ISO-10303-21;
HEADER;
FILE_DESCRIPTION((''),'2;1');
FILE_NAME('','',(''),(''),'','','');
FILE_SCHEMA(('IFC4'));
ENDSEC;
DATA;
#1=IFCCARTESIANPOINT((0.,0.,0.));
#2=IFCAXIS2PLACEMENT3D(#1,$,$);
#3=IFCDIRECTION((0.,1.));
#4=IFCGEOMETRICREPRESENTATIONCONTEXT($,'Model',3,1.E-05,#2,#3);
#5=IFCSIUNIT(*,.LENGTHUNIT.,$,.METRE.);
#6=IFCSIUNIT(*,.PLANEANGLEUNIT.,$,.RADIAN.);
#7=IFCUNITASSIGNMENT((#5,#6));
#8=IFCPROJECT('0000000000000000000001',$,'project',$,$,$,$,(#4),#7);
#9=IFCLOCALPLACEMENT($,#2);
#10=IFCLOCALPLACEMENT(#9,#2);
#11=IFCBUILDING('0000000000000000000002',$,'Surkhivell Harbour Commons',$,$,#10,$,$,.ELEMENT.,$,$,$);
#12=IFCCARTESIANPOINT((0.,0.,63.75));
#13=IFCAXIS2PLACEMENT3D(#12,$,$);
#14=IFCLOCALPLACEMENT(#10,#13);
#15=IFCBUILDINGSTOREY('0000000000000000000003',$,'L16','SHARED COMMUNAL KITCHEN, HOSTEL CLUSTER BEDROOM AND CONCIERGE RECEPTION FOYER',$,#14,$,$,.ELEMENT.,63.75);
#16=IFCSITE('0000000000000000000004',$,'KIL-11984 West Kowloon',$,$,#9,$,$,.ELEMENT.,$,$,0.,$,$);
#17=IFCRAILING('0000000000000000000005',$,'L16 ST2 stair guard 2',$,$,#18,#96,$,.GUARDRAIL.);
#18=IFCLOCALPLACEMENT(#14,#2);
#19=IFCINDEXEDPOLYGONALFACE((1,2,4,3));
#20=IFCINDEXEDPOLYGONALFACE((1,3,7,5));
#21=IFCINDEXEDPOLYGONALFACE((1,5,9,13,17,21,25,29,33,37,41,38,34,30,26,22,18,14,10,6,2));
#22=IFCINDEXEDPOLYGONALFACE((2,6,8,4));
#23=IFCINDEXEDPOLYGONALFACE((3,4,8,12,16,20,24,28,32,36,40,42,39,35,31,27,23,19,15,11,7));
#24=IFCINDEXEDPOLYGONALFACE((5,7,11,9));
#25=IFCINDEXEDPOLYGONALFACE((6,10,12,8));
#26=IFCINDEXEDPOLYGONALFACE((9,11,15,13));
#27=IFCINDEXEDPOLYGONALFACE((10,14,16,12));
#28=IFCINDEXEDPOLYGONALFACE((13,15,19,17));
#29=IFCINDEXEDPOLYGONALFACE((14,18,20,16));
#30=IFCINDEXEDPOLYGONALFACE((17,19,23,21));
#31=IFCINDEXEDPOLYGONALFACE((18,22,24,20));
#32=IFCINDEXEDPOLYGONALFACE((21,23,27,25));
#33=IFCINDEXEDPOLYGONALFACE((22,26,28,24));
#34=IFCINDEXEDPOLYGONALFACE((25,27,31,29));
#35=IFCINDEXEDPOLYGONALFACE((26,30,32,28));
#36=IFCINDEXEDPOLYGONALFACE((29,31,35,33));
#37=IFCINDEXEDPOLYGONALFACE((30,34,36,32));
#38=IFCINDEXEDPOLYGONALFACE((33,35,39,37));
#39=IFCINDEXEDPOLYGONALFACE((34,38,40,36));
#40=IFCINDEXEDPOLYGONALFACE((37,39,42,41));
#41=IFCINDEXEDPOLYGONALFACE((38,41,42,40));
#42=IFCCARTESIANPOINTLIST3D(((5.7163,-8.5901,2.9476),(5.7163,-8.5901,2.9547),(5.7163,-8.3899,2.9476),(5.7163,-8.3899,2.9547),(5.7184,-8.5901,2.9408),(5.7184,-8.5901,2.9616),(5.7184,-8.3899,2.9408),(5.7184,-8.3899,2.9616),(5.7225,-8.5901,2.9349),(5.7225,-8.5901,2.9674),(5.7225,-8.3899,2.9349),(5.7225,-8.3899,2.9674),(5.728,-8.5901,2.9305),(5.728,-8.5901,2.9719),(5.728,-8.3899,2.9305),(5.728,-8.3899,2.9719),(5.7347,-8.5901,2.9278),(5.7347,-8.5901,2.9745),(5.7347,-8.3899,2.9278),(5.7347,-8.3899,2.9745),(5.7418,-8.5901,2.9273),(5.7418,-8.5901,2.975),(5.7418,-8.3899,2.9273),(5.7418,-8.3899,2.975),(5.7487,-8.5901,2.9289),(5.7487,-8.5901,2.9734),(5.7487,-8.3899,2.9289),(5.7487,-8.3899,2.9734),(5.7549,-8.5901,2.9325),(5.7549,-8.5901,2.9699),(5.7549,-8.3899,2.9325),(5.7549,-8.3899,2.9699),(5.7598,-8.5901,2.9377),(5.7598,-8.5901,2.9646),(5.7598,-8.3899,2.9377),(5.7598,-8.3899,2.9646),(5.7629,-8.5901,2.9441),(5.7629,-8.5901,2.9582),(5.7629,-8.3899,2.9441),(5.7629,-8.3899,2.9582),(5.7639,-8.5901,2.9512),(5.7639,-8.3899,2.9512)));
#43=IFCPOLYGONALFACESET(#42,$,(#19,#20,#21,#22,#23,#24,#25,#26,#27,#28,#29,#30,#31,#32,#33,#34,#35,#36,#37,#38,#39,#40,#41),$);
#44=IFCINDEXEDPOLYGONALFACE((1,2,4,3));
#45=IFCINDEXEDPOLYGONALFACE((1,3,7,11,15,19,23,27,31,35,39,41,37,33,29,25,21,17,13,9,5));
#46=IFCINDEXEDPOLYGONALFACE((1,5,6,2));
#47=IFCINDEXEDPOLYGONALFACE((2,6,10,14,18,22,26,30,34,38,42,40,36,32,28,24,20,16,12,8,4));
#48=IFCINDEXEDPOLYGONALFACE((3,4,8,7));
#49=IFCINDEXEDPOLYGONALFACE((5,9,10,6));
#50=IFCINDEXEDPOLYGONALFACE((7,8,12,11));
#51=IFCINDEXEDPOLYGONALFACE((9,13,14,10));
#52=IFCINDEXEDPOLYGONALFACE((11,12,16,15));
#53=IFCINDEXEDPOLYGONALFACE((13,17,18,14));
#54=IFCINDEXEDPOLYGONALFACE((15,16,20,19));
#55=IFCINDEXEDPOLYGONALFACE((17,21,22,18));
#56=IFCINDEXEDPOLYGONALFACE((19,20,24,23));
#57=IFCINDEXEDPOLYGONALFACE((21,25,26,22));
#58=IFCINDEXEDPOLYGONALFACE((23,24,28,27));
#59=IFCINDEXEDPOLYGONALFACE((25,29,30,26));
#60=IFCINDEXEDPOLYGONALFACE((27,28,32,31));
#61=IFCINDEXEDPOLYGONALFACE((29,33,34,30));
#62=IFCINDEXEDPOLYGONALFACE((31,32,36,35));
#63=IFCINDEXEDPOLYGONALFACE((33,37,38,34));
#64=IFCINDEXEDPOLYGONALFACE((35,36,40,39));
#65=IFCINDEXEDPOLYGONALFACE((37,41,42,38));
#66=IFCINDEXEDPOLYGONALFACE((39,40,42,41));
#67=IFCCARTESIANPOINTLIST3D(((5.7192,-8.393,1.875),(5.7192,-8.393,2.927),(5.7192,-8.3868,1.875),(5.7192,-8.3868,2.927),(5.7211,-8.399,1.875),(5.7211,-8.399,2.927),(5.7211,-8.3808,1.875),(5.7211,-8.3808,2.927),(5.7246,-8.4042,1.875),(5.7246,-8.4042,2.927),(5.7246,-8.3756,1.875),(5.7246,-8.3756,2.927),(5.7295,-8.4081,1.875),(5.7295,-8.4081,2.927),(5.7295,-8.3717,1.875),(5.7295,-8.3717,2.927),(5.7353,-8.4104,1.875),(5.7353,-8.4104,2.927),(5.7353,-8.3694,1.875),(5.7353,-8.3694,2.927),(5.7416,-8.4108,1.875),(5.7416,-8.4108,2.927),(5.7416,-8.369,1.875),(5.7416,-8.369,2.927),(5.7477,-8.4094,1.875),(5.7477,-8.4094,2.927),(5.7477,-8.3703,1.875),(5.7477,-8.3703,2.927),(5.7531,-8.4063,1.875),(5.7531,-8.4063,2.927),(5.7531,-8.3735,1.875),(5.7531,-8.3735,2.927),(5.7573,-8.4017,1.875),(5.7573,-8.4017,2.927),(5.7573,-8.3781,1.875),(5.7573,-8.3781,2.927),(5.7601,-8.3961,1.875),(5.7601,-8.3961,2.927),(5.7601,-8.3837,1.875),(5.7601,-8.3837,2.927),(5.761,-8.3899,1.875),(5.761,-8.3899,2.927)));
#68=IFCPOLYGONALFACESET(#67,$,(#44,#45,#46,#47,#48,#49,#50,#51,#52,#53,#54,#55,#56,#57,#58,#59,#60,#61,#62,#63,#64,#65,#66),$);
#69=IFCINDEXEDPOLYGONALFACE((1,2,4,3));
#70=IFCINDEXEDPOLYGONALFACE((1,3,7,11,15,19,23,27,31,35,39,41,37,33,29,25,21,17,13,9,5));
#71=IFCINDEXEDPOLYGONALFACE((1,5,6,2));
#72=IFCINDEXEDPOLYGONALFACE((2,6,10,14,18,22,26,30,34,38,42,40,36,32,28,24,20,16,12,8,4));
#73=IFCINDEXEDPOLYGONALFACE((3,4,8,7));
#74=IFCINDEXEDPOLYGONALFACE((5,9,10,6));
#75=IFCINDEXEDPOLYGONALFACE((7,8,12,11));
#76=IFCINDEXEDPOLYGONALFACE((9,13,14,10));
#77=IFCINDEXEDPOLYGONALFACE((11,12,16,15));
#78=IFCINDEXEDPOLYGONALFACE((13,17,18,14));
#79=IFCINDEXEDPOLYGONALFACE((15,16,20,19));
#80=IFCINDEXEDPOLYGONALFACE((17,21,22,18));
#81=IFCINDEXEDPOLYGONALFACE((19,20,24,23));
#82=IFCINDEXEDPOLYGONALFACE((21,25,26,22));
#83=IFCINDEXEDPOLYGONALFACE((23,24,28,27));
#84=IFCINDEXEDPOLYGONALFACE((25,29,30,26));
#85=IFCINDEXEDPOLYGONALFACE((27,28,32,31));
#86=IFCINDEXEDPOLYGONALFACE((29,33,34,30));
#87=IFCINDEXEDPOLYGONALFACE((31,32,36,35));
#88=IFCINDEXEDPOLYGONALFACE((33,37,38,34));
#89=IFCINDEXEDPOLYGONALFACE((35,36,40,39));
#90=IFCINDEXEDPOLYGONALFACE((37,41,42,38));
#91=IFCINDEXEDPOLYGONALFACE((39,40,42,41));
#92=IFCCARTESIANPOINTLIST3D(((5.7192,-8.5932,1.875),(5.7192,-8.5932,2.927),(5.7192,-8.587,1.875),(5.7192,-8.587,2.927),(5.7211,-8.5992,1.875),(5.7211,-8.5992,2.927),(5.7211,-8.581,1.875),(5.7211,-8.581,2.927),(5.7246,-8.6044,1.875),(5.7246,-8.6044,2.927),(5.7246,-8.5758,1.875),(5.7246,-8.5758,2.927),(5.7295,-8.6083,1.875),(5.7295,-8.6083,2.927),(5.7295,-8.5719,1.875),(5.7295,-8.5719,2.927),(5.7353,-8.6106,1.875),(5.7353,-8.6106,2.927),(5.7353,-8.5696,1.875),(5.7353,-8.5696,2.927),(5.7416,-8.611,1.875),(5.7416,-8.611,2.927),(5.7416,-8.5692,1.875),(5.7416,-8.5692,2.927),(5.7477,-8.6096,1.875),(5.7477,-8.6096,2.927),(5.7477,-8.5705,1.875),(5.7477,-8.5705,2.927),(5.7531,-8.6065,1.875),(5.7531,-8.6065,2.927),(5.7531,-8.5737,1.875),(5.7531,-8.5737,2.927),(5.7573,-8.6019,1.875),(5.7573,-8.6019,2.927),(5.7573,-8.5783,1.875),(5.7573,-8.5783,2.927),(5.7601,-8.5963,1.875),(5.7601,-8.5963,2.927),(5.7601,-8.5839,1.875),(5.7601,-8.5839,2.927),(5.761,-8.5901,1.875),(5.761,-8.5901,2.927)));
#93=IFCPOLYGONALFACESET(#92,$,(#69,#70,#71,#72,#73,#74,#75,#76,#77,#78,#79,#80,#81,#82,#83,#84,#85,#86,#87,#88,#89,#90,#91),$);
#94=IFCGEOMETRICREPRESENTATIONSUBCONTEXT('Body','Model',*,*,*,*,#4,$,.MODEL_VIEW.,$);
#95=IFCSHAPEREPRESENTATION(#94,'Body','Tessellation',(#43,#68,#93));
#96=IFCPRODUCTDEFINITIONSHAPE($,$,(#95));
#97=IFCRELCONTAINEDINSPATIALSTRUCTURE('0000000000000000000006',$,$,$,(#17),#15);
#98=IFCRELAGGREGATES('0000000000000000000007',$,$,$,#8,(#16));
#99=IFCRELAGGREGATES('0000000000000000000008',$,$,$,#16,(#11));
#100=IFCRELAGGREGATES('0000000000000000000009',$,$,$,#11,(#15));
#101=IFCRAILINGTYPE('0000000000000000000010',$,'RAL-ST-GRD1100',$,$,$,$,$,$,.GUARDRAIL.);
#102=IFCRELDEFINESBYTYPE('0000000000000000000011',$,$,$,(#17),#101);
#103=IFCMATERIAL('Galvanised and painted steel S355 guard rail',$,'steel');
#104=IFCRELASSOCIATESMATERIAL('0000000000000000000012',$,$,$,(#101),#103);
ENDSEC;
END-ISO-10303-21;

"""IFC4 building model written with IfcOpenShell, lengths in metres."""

from ifc_helpers import new_model, si_unit, direction, frame, origin, origin_2d, place, context, subcontext, project, spatial, circle, extrude, material, type_object, element, save


model = new_model("IFC4")

# Units and contexts
model_context = context("Model", 3, precision=1e-05, world=origin(), true_north=direction((0.0, 1.0)))
body_context = subcontext(model_context, "Body", "Model", "MODEL_VIEW")
ifc_project = project(units=[si_unit("LENGTHUNIT", "METRE"), si_unit("PLANEANGLEUNIT", "RADIAN")], contexts=[model_context])

# Site, building, storey
site_placement = place(None, origin())
site = spatial("IfcSite", under=ifc_project, at=site_placement, Name="KIL-11984 West Kowloon", CompositionType="ELEMENT", RefElevation=0.0)
building_placement = place(site_placement, origin())
building = spatial("IfcBuilding", under=site, at=building_placement, Name="Surkhivell Harbour Commons", CompositionType="ELEMENT")
storey_placement = place(building_placement, frame((0.0, 0.0, 63.75)))
storey = spatial("IfcBuildingStorey", under=building, at=storey_placement, Name="L16", Description="SHARED COMMUNAL KITCHEN, HOSTEL CLUSTER BEDROOM AND CONCIERGE RECEPTION FOYER", CompositionType="ELEMENT", Elevation=63.75)

# Railing
ifc_material_1 = material(Name="Galvanised and painted steel S355 guard rail", Category="steel")
railing_type_1 = type_object("IfcRailingType", Name="RAL-ST-GRD1100", PredefinedType="GUARDRAIL", material=ifc_material_1)
railing_1_placement = place(storey_placement, frame((5.74, -8.3899, 1.875)))
element("IfcRailing", 1, at=railing_1_placement, inside=storey, type_object=railing_type_1, Name="L16 ST2 stair guard 2", PredefinedType="GUARDRAIL", context=body_context, shape_type="SweptSolid", body=[
    extrude(circle(Radius=0.0239, at=origin_2d()), frame((0.0, 0.0, 1.0762), z_axis=(0.0, -1.0, 0.0), x_axis=(1.0, 0.0, 0.0)), (0.0, 0.0, 1.0), 0.2002),
    extrude(circle(Radius=0.021, at=origin_2d()), origin(), (0.0, 0.0, 1.0), 1.052),
    extrude(circle(Radius=0.021, at=origin_2d()), frame((0.0, -0.2002, 0.0)), (0.0, 0.0, 1.0), 1.052),
])

save(model, "model.ifc")
